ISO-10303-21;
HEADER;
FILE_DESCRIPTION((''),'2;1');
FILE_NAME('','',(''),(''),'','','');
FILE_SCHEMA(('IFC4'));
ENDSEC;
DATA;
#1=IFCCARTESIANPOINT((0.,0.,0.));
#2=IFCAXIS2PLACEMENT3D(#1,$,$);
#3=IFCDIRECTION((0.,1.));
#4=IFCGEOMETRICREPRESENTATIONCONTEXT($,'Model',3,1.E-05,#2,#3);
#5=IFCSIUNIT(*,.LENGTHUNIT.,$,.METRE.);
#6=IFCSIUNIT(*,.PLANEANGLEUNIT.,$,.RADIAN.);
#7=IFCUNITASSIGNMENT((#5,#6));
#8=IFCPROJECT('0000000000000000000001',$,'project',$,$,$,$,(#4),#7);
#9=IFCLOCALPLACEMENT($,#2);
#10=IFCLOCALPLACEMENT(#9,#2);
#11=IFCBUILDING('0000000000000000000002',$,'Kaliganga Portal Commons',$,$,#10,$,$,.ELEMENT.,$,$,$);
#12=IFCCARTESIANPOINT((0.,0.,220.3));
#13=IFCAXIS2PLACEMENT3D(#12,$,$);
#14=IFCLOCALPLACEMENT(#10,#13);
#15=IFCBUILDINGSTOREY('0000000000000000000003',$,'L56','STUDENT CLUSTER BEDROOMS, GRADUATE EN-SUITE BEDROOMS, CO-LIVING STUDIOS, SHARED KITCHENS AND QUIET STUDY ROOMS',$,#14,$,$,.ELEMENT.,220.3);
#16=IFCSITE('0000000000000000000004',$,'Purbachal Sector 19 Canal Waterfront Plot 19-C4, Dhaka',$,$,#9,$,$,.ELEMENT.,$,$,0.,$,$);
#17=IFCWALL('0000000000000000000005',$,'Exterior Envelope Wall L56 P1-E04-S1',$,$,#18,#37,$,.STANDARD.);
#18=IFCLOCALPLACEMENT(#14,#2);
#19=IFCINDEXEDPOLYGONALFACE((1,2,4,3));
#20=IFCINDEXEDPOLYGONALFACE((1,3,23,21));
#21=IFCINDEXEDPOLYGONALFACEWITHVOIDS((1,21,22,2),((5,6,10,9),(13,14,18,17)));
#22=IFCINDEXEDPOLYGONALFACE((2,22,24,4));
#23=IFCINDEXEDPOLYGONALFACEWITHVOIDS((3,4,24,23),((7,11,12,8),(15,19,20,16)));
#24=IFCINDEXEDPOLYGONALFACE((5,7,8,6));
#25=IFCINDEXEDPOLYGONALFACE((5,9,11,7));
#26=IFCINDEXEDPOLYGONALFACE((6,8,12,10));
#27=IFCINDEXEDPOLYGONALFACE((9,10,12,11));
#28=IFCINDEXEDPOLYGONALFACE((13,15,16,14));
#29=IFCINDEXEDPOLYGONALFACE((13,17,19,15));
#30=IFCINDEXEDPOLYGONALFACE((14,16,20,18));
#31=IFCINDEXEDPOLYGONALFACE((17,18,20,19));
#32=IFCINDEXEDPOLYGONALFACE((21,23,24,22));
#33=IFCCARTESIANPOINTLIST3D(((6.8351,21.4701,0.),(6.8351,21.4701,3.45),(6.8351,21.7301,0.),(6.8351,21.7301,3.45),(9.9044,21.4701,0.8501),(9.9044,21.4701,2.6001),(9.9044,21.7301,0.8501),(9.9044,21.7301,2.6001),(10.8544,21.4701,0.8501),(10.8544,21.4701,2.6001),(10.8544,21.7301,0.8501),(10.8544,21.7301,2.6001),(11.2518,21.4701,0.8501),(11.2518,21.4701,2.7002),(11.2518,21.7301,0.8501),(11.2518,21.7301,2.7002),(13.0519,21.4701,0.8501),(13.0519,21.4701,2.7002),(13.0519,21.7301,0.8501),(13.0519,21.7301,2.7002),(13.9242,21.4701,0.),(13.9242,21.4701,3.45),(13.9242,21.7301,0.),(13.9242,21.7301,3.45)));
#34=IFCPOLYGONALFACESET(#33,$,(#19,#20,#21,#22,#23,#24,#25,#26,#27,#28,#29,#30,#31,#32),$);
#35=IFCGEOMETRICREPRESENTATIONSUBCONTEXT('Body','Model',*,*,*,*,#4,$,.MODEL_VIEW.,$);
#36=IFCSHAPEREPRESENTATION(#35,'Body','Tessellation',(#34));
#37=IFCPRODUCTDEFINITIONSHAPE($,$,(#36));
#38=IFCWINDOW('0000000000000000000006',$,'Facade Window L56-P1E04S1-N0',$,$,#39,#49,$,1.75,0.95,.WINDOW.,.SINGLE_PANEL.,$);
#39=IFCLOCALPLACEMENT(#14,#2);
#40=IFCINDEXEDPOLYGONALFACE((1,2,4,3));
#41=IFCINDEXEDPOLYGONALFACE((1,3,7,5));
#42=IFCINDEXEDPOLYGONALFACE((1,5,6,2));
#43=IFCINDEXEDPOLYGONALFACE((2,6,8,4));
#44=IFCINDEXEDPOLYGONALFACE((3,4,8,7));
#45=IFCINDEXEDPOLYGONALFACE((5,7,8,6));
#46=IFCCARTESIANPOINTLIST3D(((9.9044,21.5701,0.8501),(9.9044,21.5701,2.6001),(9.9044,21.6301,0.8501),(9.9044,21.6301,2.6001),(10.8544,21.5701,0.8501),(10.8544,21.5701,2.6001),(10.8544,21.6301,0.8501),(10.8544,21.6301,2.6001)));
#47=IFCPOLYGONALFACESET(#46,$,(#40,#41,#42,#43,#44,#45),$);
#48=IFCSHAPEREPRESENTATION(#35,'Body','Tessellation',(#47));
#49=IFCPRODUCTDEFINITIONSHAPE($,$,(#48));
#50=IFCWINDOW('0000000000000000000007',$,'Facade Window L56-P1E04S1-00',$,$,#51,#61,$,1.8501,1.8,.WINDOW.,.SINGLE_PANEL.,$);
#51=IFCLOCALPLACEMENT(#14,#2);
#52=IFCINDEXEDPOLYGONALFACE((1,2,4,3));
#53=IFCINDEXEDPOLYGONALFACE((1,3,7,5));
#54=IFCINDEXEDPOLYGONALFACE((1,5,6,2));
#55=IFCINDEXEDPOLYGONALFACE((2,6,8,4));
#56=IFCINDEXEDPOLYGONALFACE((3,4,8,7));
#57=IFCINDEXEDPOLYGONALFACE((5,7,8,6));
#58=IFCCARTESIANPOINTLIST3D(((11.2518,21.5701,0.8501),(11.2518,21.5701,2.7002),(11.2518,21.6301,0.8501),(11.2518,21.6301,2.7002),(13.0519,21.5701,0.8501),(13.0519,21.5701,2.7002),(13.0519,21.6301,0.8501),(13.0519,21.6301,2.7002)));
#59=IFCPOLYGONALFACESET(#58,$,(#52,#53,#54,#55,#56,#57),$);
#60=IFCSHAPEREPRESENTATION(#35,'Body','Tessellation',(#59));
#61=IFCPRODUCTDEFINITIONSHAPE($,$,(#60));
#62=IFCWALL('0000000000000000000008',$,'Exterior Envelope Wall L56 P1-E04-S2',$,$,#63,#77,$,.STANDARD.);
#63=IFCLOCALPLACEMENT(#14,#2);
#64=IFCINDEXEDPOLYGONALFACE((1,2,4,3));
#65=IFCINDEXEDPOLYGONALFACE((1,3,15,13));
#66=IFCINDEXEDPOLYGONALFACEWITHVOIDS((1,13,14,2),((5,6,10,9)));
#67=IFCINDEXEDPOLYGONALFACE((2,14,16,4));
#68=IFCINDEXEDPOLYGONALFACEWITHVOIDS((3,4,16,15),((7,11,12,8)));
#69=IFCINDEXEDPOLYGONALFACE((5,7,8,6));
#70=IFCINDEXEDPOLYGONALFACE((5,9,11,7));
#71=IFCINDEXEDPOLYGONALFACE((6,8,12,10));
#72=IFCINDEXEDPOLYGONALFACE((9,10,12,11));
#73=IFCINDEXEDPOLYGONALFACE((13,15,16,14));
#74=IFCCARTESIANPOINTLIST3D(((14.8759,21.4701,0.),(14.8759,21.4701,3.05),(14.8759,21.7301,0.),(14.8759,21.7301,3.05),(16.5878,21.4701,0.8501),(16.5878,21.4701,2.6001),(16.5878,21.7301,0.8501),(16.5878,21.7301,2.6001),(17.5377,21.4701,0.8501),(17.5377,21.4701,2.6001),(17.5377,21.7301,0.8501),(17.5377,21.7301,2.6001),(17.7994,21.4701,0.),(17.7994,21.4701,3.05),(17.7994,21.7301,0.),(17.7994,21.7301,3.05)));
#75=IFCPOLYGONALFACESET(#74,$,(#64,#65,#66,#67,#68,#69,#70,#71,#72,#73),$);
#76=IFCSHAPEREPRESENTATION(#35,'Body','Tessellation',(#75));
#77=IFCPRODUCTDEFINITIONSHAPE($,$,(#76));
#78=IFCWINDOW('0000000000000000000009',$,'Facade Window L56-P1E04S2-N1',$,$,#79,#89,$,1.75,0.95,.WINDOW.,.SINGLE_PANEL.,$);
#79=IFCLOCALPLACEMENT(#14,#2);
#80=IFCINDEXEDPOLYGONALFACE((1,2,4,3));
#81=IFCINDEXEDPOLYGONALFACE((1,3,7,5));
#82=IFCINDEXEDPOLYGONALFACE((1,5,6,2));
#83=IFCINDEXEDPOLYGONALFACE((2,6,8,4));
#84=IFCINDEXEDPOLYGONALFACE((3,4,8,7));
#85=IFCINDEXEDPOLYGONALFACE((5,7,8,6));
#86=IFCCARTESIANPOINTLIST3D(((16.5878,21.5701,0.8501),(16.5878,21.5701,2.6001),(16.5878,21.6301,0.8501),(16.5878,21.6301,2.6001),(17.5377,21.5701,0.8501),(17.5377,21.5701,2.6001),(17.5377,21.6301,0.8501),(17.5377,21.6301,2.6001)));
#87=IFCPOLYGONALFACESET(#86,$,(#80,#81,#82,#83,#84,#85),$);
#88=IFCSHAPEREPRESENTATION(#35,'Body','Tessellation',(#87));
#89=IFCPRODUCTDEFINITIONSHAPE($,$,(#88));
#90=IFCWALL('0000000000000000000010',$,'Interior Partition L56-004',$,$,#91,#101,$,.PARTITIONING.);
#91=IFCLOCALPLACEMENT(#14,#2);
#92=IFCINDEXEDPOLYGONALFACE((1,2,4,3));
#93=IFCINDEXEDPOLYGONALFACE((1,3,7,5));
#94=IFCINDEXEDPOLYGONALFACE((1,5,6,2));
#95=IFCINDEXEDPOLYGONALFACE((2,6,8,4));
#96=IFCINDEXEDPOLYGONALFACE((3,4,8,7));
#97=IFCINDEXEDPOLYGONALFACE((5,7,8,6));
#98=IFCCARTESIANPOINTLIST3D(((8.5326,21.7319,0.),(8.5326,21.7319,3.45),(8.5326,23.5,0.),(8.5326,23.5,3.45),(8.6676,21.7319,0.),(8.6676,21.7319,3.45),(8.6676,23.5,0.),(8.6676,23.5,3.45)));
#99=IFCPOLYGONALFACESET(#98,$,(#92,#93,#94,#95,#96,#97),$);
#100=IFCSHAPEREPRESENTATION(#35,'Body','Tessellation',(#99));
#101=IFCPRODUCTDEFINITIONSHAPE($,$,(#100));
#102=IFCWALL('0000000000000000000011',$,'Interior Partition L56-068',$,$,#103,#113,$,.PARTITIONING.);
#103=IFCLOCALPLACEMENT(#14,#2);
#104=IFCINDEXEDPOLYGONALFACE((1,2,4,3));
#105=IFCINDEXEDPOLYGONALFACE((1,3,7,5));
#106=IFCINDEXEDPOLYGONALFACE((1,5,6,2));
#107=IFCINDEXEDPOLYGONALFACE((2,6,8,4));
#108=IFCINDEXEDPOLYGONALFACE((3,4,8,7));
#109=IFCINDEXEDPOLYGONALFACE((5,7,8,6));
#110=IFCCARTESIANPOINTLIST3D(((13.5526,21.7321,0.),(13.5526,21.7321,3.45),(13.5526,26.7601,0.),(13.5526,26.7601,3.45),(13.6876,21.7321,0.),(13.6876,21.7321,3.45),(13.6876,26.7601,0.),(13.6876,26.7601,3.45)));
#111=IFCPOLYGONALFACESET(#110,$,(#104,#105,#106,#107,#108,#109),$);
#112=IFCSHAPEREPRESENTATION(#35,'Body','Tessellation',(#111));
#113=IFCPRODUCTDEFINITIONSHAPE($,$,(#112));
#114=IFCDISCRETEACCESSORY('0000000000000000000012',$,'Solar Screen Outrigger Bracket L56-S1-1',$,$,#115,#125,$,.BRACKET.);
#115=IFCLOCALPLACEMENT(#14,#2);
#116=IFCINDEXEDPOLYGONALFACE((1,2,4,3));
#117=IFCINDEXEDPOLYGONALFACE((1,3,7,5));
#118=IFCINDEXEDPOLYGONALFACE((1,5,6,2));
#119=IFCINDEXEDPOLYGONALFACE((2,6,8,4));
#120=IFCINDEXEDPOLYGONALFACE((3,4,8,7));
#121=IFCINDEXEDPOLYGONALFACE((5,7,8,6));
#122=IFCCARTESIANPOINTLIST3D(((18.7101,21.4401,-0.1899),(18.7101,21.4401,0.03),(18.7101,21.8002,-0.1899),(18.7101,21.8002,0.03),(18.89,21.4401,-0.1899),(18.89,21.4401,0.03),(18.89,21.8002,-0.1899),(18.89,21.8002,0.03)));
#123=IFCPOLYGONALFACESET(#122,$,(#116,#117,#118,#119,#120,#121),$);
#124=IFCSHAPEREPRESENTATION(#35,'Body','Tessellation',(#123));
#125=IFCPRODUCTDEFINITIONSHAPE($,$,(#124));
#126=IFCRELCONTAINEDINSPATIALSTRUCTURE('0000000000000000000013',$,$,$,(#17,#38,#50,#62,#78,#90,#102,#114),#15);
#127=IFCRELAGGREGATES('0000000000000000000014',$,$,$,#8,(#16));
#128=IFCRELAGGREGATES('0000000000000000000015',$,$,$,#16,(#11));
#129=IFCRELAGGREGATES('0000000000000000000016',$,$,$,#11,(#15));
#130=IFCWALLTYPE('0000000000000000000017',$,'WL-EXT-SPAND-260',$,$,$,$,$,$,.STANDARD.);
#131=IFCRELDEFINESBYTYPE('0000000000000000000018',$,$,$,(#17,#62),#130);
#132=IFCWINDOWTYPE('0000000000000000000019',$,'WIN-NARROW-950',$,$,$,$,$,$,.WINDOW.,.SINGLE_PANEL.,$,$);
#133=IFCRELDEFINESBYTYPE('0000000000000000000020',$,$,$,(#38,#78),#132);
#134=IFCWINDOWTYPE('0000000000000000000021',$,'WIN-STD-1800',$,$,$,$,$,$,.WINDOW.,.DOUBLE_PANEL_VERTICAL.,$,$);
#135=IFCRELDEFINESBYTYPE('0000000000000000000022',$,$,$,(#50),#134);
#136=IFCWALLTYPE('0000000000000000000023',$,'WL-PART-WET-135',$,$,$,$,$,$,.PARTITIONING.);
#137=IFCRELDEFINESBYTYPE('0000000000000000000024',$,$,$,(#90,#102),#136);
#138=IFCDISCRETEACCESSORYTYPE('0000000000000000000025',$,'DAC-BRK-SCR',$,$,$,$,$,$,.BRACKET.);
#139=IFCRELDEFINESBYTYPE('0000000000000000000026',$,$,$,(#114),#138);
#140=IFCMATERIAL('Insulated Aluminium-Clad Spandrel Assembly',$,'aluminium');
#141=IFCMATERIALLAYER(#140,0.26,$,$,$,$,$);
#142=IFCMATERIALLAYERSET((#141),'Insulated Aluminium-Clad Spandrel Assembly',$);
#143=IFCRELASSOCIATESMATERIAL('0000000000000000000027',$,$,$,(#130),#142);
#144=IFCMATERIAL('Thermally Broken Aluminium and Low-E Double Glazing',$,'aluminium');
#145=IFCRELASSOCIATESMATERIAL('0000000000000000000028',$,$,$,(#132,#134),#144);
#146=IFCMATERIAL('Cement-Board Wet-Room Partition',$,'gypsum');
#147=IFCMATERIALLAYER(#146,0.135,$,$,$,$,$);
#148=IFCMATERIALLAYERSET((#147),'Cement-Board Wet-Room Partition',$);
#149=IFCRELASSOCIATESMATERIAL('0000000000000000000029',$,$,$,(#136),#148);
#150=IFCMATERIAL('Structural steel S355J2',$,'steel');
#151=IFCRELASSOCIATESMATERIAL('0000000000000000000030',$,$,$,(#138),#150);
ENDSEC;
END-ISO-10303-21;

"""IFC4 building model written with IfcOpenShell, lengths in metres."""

from ifc_helpers import new_model, si_unit, direction, frame, frame_2d, origin, origin_2d, place, context, subcontext, project, spatial, rectangle, extrude, source, transform, mapped, material, layer, layer_set, type_object, element, fill, save


model = new_model("IFC4")

# Units and contexts
model_context = context("Model", 3, precision=1e-05, world=origin(), true_north=direction((0.0, 1.0)))
body_context = subcontext(model_context, "Body", "Model", "MODEL_VIEW")
ifc_project = project(units=[si_unit("LENGTHUNIT", "METRE"), si_unit("PLANEANGLEUNIT", "RADIAN")], contexts=[model_context])

# Site, building, storey
site_placement = place(None, origin())
site = spatial("IfcSite", under=ifc_project, at=site_placement, Name="Purbachal Sector 19 Canal Waterfront Plot 19-C4, Dhaka", CompositionType="ELEMENT", RefElevation=0.0)
building_placement = place(site_placement, origin())
building = spatial("IfcBuilding", under=site, at=building_placement, Name="Kaliganga Portal Commons", CompositionType="ELEMENT")
storey_placement = place(building_placement, frame((0.0, 0.0, 220.3)))
storey = spatial("IfcBuildingStorey", under=building, at=storey_placement, Name="L56", Description="STUDENT CLUSTER BEDROOMS, GRADUATE EN-SUITE BEDROOMS, CO-LIVING STUDIOS, SHARED KITCHENS AND QUIET STUDY ROOMS", CompositionType="ELEMENT", Elevation=220.3)

# Shared definitions
ifc_material_1 = material(Name="Structural steel S355J2", Category="steel")

# Shared definitions
ifc_material_2 = material(Name="Insulated Aluminium-Clad Spandrel Assembly", Category="aluminium")
ifc_layer_1 = layer(ifc_material_2, 0.26)
ifc_layer_set_1 = layer_set([ifc_layer_1], Name="Insulated Aluminium-Clad Spandrel Assembly")
wall_type_1 = type_object("IfcWallType", Name="WL-EXT-SPAND-260", PredefinedType="STANDARD", material=ifc_layer_set_1)
ifc_material_3 = material(Name="Thermally Broken Aluminium and Low-E Double Glazing", Category="aluminium")
window_type_1 = type_object("IfcWindowType", Name="WIN-NARROW-950", PartitioningType="SINGLE_PANEL", PredefinedType="WINDOW", material=ifc_material_3)

# Wall, openings, windows
wall_1_placement = place(storey_placement, frame((13.9241, 21.6001, 0.0), z_axis=(0.0, 0.0, 1.0), x_axis=(-1.0, 0.0, 0.0)))
wall_1 = element("IfcWall", 1, at=wall_1_placement, inside=storey, type_object=wall_type_1, Name="Exterior Envelope Wall L56 P1-E04-S1", PredefinedType="STANDARD", context=body_context, shape_type="SweptSolid", body=[
    extrude(rectangle(XDim=7.0891, YDim=0.26, at=frame_2d((3.5444, 0.0))), origin(), (0.0, 0.0, 1.0), 3.45),
])
opening_1_placement = place(wall_1_placement, frame((0.8723, 0.0, 0.8501)))
opening_1 = element("IfcOpeningElement", 2, at=opening_1_placement, cuts=wall_1, PredefinedType="OPENING", context=body_context, shape_type="SweptSolid", body=[
    extrude(rectangle(XDim=1.8, YDim=1.8501, at=frame_2d((0.8999, 0.925))), frame((0.0, 0.1401, 0.0), z_axis=(0.0, -1.0, 0.0), x_axis=(1.0, 0.0, 0.0)), (0.0, 0.0, 1.0), 0.28),
])
opening_2_placement = place(wall_1_placement, frame((3.0696, 0.0, 0.8501)))
opening_2 = element("IfcOpeningElement", 3, at=opening_2_placement, cuts=wall_1, PredefinedType="OPENING", context=body_context, shape_type="SweptSolid", body=[
    extrude(rectangle(XDim=0.95, YDim=1.75, at=frame_2d((0.4751, 0.875))), frame((0.0, 0.1401, 0.0), z_axis=(0.0, -1.0, 0.0), x_axis=(1.0, 0.0, 0.0)), (0.0, 0.0, 1.0), 0.28),
])
window_1_placement = place(opening_2_placement, origin())
window_1 = element("IfcWindow", 4, at=window_1_placement, inside=storey, type_object=window_type_1, Name="Facade Window L56-P1E04S1-N0", OverallHeight=1.75, OverallWidth=0.95, PartitioningType="SINGLE_PANEL", PredefinedType="WINDOW", context=body_context, shape_type="SweptSolid", body=[
    extrude(rectangle(XDim=0.95, YDim=1.75, at=frame_2d((0.4751, 0.875))), frame((0.0, 0.03, 0.0), z_axis=(0.0, -1.0, 0.0), x_axis=(1.0, 0.0, 0.0)), (0.0, 0.0, 1.0), 0.0601),
])
fill(opening_2, window_1)
window_type_2 = type_object("IfcWindowType", Name="WIN-STD-1800", PartitioningType="DOUBLE_PANEL_VERTICAL", PredefinedType="WINDOW", material=ifc_material_3)
window_2_placement = place(opening_1_placement, origin())
window_2 = element("IfcWindow", 5, at=window_2_placement, inside=storey, type_object=window_type_2, Name="Facade Window L56-P1E04S1-00", OverallHeight=1.8501, OverallWidth=1.8, PartitioningType="SINGLE_PANEL", PredefinedType="WINDOW", context=body_context, shape_type="SweptSolid", body=[
    extrude(rectangle(XDim=1.8, YDim=1.8501, at=frame_2d((0.8999, 0.925))), frame((0.0, 0.03, 0.0), z_axis=(0.0, -1.0, 0.0), x_axis=(1.0, 0.0, 0.0)), (0.0, 0.0, 1.0), 0.0601),
])
fill(opening_1, window_2)

# Wall, opening, window
wall_2_placement = place(storey_placement, frame((17.7996, 21.6001, 0.0), z_axis=(0.0, 0.0, 1.0), x_axis=(-1.0, 0.0, 0.0)))
wall_2 = element("IfcWall", 6, at=wall_2_placement, inside=storey, type_object=wall_type_1, Name="Exterior Envelope Wall L56 P1-E04-S2", PredefinedType="STANDARD", context=body_context, shape_type="SweptSolid", body=[
    extrude(rectangle(XDim=2.9236, YDim=0.26, at=frame_2d((1.4619, 0.0))), origin(), (0.0, 0.0, 1.0), 3.05),
])
opening_3_placement = place(wall_2_placement, frame((0.2617, 0.0, 0.8501)))
opening_3 = element("IfcOpeningElement", 7, at=opening_3_placement, cuts=wall_2, PredefinedType="OPENING", context=body_context, shape_type="SweptSolid", body=[
    extrude(rectangle(XDim=0.95, YDim=1.75, at=frame_2d((0.4751, 0.875))), frame((0.0, 0.1401, 0.0), z_axis=(0.0, -1.0, 0.0), x_axis=(1.0, 0.0, 0.0)), (0.0, 0.0, 1.0), 0.28),
])
window_3_placement = place(opening_3_placement, origin())
window_3 = element("IfcWindow", 8, at=window_3_placement, inside=storey, type_object=window_type_1, Name="Facade Window L56-P1E04S2-N1", OverallHeight=1.75, OverallWidth=0.95, PartitioningType="SINGLE_PANEL", PredefinedType="WINDOW", context=body_context, shape_type="SweptSolid", body=[
    extrude(rectangle(XDim=0.95, YDim=1.75, at=frame_2d((0.4751, 0.875))), frame((0.0, 0.03, 0.0), z_axis=(0.0, -1.0, 0.0), x_axis=(1.0, 0.0, 0.0)), (0.0, 0.0, 1.0), 0.0601),
])
fill(opening_3, window_3)

# Walls
ifc_material_4 = material(Name="Cement-Board Wet-Room Partition", Category="gypsum")
ifc_layer_2 = layer(ifc_material_4, 0.135)
ifc_layer_set_2 = layer_set([ifc_layer_2], Name="Cement-Board Wet-Room Partition")
wall_type_2 = type_object("IfcWallType", Name="WL-PART-WET-135", PredefinedType="PARTITIONING", material=ifc_layer_set_2)
wall_3_placement = place(storey_placement, frame((8.6001, 21.7319, 0.0), z_axis=(0.0, 0.0, 1.0), x_axis=(0.0, 1.0, 0.0)))
element("IfcWall", 9, at=wall_3_placement, inside=storey, type_object=wall_type_2, Name="Interior Partition L56-004", PredefinedType="PARTITIONING", context=body_context, shape_type="SweptSolid", body=[
    extrude(rectangle(XDim=1.7681, YDim=0.135, at=frame_2d((0.884, 0.0))), origin(), (0.0, 0.0, 1.0), 3.45),
])
wall_4_placement = place(storey_placement, frame((13.6201, 21.7319, 0.0), z_axis=(0.0, 0.0, 1.0), x_axis=(0.0, 1.0, 0.0)))
element("IfcWall", 10, at=wall_4_placement, inside=storey, type_object=wall_type_2, Name="Interior Partition L56-068", PredefinedType="PARTITIONING", context=body_context, shape_type="SweptSolid", body=[
    extrude(rectangle(XDim=5.0281, YDim=0.135, at=frame_2d((2.5142, 0.0))), origin(), (0.0, 0.0, 1.0), 3.45),
])

# Discrete accessory
discrete_accessory_type = type_object("IfcDiscreteAccessoryType", Name="DAC-BRK-SCR", PredefinedType="BRACKET", material=ifc_material_1)
shared_shape_1 = source(origin(), body_context, "Body", "SweptSolid", [
    extrude(rectangle(XDim=0.1799, YDim=0.3601, at=origin_2d()), origin(), (0.0, 0.0, 1.0), 0.22),
])
discrete_accessory_placement = place(storey_placement, frame((18.8, 21.6201, -0.1899), z_axis=(0.0, 0.0, 1.0), x_axis=(1.0, 0.0, 0.0)))
element("IfcDiscreteAccessory", 11, at=discrete_accessory_placement, inside=storey, type_object=discrete_accessory_type, Name="Solar Screen Outrigger Bracket L56-S1-1", PredefinedType="BRACKET", context=body_context, shape_type="MappedRepresentation", body=[
    mapped(shared_shape_1, transform((0.0, 0.0, 0.0), x_axis=(1.0, 0.0, 0.0), y_axis=(0.0, 1.0, 0.0), z_axis=(0.0, 0.0, 1.0), scale=1.0)),
])

save(model, "model.ifc")
